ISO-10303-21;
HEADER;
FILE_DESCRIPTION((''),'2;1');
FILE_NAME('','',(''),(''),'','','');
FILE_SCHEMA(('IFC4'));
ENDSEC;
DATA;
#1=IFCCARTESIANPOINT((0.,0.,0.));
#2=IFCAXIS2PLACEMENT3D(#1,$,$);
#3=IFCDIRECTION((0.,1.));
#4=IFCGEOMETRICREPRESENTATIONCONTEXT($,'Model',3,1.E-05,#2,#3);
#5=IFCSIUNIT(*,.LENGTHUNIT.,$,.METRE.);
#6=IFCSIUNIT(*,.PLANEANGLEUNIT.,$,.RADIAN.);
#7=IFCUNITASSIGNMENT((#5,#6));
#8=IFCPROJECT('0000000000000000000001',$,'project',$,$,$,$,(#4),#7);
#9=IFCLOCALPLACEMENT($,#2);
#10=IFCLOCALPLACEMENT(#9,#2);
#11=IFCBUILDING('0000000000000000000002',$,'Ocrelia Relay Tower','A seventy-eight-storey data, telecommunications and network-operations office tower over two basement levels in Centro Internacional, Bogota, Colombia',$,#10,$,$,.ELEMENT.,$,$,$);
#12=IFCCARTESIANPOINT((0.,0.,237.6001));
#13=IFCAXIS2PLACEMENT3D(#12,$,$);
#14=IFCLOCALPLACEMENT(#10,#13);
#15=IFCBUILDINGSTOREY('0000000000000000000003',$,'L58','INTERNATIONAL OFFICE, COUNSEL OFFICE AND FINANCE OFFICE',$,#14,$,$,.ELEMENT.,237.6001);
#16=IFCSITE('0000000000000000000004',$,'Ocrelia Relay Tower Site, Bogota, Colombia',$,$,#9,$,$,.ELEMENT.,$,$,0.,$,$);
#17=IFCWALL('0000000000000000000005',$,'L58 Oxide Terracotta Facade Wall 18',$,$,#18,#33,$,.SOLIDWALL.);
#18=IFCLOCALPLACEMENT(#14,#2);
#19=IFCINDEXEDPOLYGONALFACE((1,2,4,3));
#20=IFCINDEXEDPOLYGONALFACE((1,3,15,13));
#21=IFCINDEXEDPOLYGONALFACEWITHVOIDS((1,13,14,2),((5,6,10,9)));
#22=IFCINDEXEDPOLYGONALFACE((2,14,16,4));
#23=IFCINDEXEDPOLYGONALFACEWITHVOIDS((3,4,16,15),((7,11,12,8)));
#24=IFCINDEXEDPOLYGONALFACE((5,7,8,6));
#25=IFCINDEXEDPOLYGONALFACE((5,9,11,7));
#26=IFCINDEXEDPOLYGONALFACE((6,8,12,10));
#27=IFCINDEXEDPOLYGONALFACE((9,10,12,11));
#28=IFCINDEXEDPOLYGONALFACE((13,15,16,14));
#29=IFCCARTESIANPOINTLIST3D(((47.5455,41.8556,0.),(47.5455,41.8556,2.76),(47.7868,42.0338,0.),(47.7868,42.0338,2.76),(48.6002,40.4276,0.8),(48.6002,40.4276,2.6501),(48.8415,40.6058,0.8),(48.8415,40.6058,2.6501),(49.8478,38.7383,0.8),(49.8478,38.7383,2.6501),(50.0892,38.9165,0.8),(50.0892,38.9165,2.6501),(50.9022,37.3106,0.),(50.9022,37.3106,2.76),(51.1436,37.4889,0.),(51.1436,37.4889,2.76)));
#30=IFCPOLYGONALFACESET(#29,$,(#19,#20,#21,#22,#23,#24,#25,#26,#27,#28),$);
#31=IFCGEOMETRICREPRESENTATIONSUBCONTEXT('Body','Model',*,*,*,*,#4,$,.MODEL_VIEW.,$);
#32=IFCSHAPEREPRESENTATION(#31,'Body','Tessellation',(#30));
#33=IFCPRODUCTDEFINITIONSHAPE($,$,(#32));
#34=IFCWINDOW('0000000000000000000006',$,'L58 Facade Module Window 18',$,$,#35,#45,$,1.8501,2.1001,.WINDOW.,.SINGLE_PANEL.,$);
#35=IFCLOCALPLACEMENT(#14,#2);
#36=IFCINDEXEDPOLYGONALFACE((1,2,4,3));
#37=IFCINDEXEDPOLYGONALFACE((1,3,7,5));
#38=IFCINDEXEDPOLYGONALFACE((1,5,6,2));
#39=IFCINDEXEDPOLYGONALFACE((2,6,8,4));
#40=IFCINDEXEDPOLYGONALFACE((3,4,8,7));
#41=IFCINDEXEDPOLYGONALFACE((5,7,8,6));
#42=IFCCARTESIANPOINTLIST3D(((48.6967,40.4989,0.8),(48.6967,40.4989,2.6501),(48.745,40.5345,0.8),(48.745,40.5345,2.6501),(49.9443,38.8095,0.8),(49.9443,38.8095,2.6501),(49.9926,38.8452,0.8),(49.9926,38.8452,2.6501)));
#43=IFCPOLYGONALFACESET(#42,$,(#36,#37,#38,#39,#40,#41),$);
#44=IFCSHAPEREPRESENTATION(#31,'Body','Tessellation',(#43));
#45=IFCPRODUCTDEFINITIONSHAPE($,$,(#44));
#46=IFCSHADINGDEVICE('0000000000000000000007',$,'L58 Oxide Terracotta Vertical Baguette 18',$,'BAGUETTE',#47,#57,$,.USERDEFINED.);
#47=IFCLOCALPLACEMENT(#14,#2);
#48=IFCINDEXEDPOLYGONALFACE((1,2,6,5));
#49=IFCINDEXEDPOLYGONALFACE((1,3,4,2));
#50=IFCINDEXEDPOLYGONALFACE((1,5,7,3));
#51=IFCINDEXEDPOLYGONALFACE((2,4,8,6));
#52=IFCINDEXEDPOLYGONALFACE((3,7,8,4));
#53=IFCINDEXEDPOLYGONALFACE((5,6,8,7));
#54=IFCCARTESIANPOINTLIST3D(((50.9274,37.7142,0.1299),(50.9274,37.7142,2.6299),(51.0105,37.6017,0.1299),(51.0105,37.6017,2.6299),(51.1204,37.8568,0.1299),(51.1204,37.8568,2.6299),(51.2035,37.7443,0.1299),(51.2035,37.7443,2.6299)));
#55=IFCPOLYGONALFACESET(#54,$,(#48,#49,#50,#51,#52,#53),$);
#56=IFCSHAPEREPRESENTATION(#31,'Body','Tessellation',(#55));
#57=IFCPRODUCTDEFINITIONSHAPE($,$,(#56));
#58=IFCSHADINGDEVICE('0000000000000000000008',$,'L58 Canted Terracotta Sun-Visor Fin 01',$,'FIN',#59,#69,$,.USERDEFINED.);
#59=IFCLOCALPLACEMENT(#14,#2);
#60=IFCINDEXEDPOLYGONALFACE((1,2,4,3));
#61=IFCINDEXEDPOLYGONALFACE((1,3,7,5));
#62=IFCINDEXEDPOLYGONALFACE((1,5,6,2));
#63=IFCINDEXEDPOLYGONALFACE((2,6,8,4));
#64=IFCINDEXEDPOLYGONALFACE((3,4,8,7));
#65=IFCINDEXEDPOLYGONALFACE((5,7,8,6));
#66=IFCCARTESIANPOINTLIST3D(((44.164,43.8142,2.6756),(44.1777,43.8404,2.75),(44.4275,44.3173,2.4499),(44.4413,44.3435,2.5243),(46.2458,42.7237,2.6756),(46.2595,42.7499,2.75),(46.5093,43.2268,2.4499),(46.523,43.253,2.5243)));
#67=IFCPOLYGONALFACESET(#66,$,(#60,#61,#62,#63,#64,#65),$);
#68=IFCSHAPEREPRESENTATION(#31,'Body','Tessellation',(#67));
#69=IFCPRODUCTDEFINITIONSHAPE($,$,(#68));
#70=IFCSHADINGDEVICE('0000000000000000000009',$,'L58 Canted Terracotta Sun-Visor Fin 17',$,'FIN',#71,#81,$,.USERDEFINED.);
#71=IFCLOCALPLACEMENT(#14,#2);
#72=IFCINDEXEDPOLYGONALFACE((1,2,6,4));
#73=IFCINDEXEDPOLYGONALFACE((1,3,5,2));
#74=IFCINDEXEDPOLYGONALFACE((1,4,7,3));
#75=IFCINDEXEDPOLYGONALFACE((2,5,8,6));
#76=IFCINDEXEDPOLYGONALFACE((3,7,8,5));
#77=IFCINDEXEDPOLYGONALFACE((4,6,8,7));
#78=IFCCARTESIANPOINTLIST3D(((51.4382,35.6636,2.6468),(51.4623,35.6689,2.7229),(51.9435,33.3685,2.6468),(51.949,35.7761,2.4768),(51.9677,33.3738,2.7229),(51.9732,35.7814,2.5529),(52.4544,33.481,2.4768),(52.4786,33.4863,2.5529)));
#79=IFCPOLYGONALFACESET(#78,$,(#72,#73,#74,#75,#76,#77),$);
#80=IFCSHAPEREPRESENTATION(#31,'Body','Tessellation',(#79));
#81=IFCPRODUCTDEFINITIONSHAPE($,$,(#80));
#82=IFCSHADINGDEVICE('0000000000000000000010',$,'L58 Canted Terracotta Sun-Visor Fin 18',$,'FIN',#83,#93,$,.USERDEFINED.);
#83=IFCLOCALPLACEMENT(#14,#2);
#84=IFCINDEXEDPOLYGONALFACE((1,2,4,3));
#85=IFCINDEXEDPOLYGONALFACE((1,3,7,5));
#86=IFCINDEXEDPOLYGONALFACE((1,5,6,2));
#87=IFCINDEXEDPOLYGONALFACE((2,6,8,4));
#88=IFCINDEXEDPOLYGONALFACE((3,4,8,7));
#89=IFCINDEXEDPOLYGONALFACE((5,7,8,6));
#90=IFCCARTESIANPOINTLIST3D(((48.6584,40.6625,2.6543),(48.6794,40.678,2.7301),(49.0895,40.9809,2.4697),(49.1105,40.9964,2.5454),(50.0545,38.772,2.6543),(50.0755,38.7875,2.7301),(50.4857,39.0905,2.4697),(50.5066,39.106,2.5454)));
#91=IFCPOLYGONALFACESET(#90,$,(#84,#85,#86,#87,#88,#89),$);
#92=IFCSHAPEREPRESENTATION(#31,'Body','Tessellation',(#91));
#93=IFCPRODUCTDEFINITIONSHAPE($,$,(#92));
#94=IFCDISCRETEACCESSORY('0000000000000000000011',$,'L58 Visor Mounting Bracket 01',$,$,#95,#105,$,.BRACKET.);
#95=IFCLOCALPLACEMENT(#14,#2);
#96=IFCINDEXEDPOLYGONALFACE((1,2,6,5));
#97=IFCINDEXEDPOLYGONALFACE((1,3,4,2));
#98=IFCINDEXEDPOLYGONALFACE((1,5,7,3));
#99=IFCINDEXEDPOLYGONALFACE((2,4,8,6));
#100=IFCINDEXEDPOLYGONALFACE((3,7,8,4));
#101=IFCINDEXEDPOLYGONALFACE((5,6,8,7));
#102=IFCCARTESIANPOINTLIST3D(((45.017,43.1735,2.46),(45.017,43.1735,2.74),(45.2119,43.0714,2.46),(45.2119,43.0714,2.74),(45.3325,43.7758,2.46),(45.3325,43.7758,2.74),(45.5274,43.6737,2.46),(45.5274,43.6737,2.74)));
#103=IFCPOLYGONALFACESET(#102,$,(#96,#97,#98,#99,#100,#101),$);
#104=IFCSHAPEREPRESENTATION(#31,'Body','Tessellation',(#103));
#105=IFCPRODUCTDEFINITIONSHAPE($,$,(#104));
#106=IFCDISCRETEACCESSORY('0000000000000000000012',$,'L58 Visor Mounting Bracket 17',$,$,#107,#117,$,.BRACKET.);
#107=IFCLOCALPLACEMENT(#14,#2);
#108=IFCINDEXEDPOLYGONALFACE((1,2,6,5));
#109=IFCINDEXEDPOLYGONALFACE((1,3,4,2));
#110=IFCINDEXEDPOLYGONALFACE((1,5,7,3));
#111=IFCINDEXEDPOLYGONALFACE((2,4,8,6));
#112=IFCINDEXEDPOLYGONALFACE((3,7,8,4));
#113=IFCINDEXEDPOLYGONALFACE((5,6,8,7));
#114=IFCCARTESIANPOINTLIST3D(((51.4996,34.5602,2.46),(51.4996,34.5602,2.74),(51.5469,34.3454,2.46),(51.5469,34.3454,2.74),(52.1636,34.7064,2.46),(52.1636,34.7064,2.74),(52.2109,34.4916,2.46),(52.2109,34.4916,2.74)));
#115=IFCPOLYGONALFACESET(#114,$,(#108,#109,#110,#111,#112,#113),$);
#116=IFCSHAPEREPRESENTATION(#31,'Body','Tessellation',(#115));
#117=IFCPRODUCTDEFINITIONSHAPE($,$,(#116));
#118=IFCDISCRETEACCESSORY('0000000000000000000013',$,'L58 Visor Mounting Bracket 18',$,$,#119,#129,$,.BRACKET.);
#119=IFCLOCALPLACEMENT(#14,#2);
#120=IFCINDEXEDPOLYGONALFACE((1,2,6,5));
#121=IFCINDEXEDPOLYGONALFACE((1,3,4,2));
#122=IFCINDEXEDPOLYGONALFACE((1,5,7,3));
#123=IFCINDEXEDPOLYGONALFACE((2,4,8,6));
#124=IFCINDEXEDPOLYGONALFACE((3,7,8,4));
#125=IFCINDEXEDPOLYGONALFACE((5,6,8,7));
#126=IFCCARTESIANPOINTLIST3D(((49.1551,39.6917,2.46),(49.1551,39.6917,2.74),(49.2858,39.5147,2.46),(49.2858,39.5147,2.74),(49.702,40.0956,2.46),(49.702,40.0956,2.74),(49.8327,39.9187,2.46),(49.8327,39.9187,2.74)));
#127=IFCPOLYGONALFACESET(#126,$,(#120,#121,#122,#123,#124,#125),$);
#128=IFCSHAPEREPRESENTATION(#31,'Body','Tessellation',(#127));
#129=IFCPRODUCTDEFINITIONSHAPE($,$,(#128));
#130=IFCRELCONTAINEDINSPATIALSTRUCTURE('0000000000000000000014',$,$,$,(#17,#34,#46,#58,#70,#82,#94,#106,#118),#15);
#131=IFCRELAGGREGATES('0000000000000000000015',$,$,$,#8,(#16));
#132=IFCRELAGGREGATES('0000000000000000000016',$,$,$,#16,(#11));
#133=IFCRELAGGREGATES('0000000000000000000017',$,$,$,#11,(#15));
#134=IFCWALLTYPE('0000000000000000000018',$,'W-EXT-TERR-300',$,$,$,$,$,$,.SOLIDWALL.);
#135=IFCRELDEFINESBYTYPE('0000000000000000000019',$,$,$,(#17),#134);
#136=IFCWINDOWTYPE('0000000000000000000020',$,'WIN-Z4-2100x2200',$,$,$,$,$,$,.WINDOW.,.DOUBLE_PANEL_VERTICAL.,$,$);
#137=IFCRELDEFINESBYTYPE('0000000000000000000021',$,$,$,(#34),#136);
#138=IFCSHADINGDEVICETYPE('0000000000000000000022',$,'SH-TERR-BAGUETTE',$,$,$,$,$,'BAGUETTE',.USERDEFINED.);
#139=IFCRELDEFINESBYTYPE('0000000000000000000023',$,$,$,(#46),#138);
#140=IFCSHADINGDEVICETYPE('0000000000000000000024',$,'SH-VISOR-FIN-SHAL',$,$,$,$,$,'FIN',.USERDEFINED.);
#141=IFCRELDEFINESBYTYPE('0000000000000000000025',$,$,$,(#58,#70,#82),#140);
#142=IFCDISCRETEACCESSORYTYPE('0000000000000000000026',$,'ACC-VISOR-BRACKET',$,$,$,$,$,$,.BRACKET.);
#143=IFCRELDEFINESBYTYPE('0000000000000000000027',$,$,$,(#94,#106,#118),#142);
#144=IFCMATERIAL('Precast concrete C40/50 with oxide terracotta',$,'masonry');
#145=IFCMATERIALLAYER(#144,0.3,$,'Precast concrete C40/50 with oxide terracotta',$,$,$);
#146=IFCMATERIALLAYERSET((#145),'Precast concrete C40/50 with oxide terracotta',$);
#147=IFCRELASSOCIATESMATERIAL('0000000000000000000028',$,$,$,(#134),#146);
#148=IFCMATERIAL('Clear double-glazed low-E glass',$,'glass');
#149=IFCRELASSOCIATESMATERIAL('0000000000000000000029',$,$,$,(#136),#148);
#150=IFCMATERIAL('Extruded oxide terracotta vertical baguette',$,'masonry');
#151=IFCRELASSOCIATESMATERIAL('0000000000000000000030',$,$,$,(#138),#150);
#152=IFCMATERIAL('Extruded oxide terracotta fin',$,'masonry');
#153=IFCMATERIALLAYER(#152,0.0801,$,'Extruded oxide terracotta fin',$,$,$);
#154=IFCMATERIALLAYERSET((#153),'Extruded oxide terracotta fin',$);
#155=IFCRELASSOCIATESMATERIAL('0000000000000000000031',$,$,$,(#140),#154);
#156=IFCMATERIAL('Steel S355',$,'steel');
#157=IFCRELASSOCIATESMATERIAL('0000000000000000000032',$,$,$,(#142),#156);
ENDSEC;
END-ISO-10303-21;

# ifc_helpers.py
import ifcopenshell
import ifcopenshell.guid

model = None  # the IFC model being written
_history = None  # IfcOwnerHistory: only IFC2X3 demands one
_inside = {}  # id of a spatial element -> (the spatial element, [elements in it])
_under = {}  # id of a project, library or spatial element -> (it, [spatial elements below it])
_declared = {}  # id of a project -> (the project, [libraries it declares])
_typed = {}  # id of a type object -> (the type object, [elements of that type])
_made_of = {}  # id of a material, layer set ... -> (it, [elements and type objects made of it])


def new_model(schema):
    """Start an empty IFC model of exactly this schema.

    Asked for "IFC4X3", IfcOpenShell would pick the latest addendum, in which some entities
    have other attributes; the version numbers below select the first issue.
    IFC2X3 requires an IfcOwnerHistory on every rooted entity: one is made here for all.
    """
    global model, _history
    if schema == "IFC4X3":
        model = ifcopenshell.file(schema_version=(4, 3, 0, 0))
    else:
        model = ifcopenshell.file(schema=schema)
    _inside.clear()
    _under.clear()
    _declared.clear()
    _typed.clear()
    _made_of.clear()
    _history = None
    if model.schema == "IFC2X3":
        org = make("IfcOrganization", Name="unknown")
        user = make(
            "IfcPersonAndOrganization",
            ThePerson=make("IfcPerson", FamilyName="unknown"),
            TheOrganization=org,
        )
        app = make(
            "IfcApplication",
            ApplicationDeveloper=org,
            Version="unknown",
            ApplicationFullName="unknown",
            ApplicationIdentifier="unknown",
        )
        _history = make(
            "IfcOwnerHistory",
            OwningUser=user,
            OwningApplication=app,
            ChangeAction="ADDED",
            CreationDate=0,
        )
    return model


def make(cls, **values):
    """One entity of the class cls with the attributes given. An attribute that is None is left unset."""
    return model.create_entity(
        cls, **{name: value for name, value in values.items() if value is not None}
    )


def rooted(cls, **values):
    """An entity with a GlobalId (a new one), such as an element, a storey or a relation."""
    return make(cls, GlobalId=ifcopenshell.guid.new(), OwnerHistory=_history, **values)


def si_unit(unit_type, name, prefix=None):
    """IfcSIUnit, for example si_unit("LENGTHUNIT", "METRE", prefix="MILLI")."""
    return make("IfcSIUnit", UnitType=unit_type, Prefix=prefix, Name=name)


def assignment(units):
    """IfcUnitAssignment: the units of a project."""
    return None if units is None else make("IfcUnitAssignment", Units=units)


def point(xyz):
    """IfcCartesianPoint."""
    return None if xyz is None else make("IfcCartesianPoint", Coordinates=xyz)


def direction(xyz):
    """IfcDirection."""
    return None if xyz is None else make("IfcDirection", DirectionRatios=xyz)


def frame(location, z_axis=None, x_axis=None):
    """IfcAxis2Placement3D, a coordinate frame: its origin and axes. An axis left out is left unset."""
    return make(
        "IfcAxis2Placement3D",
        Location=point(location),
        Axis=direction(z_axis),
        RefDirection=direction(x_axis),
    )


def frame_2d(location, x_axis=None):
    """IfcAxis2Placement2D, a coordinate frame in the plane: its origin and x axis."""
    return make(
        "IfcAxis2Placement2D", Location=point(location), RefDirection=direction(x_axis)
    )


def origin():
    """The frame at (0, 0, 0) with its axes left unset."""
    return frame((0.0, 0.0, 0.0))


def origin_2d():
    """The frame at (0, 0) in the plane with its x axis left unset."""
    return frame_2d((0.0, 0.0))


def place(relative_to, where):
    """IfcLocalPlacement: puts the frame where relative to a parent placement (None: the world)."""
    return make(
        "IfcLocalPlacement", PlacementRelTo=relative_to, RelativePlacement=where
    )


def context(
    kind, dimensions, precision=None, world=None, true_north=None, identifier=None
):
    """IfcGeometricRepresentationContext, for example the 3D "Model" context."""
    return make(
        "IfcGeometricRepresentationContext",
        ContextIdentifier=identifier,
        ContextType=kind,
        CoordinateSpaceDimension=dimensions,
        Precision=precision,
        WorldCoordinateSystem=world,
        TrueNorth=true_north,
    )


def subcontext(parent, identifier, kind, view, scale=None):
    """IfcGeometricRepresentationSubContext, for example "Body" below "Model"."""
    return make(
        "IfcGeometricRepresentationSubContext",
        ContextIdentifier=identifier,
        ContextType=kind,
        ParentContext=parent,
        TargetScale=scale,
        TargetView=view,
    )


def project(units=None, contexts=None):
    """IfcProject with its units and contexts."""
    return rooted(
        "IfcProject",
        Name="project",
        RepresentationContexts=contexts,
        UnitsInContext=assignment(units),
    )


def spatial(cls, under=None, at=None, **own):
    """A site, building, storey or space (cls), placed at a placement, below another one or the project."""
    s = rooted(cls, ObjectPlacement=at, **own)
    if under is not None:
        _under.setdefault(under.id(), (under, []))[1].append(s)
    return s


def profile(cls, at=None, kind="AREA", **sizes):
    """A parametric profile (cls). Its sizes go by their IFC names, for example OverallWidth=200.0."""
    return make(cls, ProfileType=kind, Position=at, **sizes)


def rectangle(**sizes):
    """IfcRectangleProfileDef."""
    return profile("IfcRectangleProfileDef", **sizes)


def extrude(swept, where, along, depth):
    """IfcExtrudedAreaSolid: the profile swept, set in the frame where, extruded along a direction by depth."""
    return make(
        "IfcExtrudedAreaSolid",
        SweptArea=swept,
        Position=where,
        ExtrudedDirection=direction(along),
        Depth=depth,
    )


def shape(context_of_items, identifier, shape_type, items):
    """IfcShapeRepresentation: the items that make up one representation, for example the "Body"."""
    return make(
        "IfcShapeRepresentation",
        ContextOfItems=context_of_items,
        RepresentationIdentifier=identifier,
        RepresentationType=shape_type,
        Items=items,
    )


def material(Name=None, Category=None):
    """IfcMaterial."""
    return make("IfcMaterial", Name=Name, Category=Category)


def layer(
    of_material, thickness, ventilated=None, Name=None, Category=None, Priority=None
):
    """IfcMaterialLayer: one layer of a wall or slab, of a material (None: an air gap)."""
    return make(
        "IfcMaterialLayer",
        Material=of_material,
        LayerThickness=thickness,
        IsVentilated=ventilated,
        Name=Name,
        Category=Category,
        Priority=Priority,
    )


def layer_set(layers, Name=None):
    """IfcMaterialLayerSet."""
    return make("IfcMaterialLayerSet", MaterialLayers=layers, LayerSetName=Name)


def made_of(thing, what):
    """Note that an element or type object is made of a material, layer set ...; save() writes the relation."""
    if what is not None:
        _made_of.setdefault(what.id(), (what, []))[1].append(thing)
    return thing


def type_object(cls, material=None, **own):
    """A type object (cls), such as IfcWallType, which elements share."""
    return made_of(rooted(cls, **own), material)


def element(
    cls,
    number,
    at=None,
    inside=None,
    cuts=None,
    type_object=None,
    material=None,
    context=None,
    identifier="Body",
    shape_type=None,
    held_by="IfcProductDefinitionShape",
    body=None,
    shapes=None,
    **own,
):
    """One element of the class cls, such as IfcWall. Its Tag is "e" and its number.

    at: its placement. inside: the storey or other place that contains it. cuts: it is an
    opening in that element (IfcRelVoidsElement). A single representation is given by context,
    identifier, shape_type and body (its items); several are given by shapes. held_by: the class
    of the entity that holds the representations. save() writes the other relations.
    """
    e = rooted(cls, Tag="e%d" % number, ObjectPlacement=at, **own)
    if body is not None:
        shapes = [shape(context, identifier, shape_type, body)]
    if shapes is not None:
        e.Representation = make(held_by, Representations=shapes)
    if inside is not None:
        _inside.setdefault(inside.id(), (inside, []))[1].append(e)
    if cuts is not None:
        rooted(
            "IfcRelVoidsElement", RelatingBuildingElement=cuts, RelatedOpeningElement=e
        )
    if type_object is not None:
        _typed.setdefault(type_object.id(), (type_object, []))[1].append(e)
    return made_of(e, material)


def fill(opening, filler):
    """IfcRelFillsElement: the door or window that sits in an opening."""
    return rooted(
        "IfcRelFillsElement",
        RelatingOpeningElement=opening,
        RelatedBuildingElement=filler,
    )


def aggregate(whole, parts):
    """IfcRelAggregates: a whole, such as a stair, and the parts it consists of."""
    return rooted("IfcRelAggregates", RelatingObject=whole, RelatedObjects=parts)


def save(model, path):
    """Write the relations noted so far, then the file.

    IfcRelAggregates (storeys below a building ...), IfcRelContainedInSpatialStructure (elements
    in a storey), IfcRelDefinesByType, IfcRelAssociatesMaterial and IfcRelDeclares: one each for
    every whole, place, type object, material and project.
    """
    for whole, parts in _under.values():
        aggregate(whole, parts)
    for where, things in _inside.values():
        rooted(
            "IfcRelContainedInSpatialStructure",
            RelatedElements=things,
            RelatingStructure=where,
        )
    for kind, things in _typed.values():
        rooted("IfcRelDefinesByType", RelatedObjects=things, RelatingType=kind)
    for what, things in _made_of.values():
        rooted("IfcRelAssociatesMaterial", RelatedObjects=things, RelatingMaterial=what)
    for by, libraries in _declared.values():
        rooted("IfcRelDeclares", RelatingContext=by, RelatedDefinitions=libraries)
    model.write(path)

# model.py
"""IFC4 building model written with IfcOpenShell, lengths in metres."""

from ifc_helpers import new_model, si_unit, direction, frame, frame_2d, origin, origin_2d, place, context, subcontext, project, spatial, rectangle, extrude, material, layer, layer_set, type_object, element, fill, save


model = new_model("IFC4")

# Units and contexts
model_context = context("Model", 3, precision=1e-05, world=origin(), true_north=direction((0.0, 1.0)))
body_context = subcontext(model_context, "Body", "Model", "MODEL_VIEW")
ifc_project = project(units=[si_unit("LENGTHUNIT", "METRE"), si_unit("PLANEANGLEUNIT", "RADIAN")], contexts=[model_context])

# Site, building, storey
site_placement = place(None, origin())
site = spatial("IfcSite", under=ifc_project, at=site_placement, Name="Ocrelia Relay Tower Site, Bogota, Colombia", CompositionType="ELEMENT", RefElevation=0.0)
building_placement = place(site_placement, origin())
building = spatial("IfcBuilding", under=site, at=building_placement, Name="Ocrelia Relay Tower", Description="A seventy-eight-storey data, telecommunications and network-operations office tower over two basement levels in Centro Internacional, Bogota, Colombia", CompositionType="ELEMENT")
storey_placement = place(building_placement, frame((0.0, 0.0, 237.6001)))
storey = spatial("IfcBuildingStorey", under=building, at=storey_placement, Name="L58", Description="INTERNATIONAL OFFICE, COUNSEL OFFICE AND FINANCE OFFICE", CompositionType="ELEMENT", Elevation=237.6001)

# Shared definitions
ifc_material_1 = material(Name="Clear double-glazed low-E glass", Category="glass")

# Wall, opening, window
ifc_material_2 = material(Name="Precast concrete C40/50 with oxide terracotta", Category="masonry")
ifc_layer_1 = layer(ifc_material_2, 0.3, Name="Precast concrete C40/50 with oxide terracotta")
ifc_layer_set_1 = layer_set([ifc_layer_1], Name="Precast concrete C40/50 with oxide terracotta")
wall_type = type_object("IfcWallType", Name="W-EXT-TERR-300", PredefinedType="SOLIDWALL", material=ifc_layer_set_1)
wall_placement = place(storey_placement, frame((51.0229, 37.3997, 0.0), z_axis=(0.0, 0.0, 1.0), x_axis=(-0.594093, 0.804396, 0.0)))
wall = element("IfcWall", 1, at=wall_placement, inside=storey, type_object=wall_type, Name="L58 Oxide Terracotta Facade Wall 18", PredefinedType="SOLIDWALL", context=body_context, shape_type="SweptSolid", body=[
    extrude(rectangle(XDim=5.6501, YDim=0.3, at=frame_2d((2.8252, 0.0))), origin(), (0.0, 0.0, 1.0), 2.76),
])
opening_placement = place(wall_placement, frame((1.7749, 0.0, 0.8)))
opening = element("IfcOpeningElement", 2, at=opening_placement, cuts=wall, PredefinedType="OPENING", context=body_context, shape_type="SweptSolid", body=[
    extrude(rectangle(XDim=2.1001, YDim=1.8501, at=frame_2d((1.05, 0.925))), frame((0.0, 0.1602, 0.0), z_axis=(0.0, -1.0, 0.0), x_axis=(1.0, 0.0, 0.0)), (0.0, 0.0, 1.0), 0.3201),
])
window_type = type_object("IfcWindowType", Name="WIN-Z4-2100x2200", PartitioningType="DOUBLE_PANEL_VERTICAL", PredefinedType="WINDOW", material=ifc_material_1)
window_placement = place(opening_placement, origin())
window = element("IfcWindow", 3, at=window_placement, inside=storey, type_object=window_type, Name="L58 Facade Module Window 18", OverallHeight=1.8501, OverallWidth=2.1001, PartitioningType="SINGLE_PANEL", PredefinedType="WINDOW", context=body_context, shape_type="SweptSolid", body=[
    extrude(rectangle(XDim=2.1001, YDim=1.8501, at=frame_2d((1.05, 0.925))), frame((0.0, 0.03, 0.0), z_axis=(0.0, -1.0, 0.0), x_axis=(1.0, 0.0, 0.0)), (0.0, 0.0, 1.0), 0.0601),
])
fill(opening, window)

# Shading devices
ifc_material_3 = material(Name="Extruded oxide terracotta vertical baguette", Category="masonry")
shading_device_type_1 = type_object("IfcShadingDeviceType", Name="SH-TERR-BAGUETTE", ElementType="BAGUETTE", PredefinedType="USERDEFINED", material=ifc_material_3)
shading_device_1_placement = place(storey_placement, frame((51.0654, 37.7292, 0.1299), z_axis=(0.0, 0.0, 1.0), x_axis=(-0.59408, 0.804406, 0.0)))
element("IfcShadingDevice", 4, at=shading_device_1_placement, inside=storey, type_object=shading_device_type_1, Name="L58 Oxide Terracotta Vertical Baguette 18", ObjectType="BAGUETTE", PredefinedType="USERDEFINED", context=body_context, shape_type="SweptSolid", body=[
    extrude(rectangle(XDim=0.1399, YDim=0.24, at=origin_2d()), origin(), (0.0, 0.0, 1.0), 2.5),
])
ifc_material_4 = material(Name="Extruded oxide terracotta fin", Category="masonry")
ifc_layer_2 = layer(ifc_material_4, 0.0801, Name="Extruded oxide terracotta fin")
ifc_layer_set_2 = layer_set([ifc_layer_2], Name="Extruded oxide terracotta fin")
shading_device_type_2 = type_object("IfcShadingDeviceType", Name="SH-VISOR-FIN-SHAL", ElementType="FIN", PredefinedType="USERDEFINED", material=ifc_layer_set_2)
shading_device_2_placement = place(storey_placement, frame((45.3367, 43.5205, 2.5627), z_axis=(0.171346, 0.327099, 0.929326), x_axis=(-0.885822, 0.464025, 0.0)))
element("IfcShadingDevice", 5, at=shading_device_2_placement, inside=storey, type_object=shading_device_type_2, Name="L58 Canted Terracotta Sun-Visor Fin 01", ObjectType="FIN", PredefinedType="USERDEFINED", context=body_context, shape_type="SweptSolid", body=[
    extrude(rectangle(XDim=2.3501, YDim=0.6111, at=origin_2d()), origin(), (0.0, 0.0, 1.0), 0.0801),
])
shading_device_3_placement = place(storey_placement, frame((51.9463, 34.5723, 2.5618), z_axis=(0.301787, 0.066454, 0.951057), x_axis=(-0.215051, 0.976603, 0.0)))
element("IfcShadingDevice", 6, at=shading_device_3_placement, inside=storey, type_object=shading_device_type_2, Name="L58 Canted Terracotta Sun-Visor Fin 17", ObjectType="FIN", PredefinedType="USERDEFINED", context=body_context, shape_type="SweptSolid", body=[
    extrude(rectangle(XDim=2.3501, YDim=0.55, at=origin_2d()), origin(), (0.0, 0.0, 1.0), 0.0801),
])
shading_device_4_placement = place(storey_placement, frame((49.572, 39.8765, 2.562), z_axis=(0.262022, 0.193511, 0.945462), x_axis=(-0.59408, 0.804406, 0.0)))
element("IfcShadingDevice", 7, at=shading_device_4_placement, inside=storey, type_object=shading_device_type_2, Name="L58 Canted Terracotta Sun-Visor Fin 18", ObjectType="FIN", PredefinedType="USERDEFINED", context=body_context, shape_type="SweptSolid", body=[
    extrude(rectangle(XDim=2.3501, YDim=0.5669, at=origin_2d()), origin(), (0.0, 0.0, 1.0), 0.0801),
])

# Discrete accessories
ifc_material_5 = material(Name="Steel S355", Category="steel")
discrete_accessory_type = type_object("IfcDiscreteAccessoryType", Name="ACC-VISOR-BRACKET", PredefinedType="BRACKET", material=ifc_material_5)
for number, where, z_axis, x_axis, name in (
    (8, (45.2722, 43.4236, 2.46), (0.0, 0.0, 1.0), (-0.885822, 0.464025, 0.0), "L58 Visor Mounting Bracket 01"),
    (9, (51.8552, 34.5259, 2.46), (0.0, 0.0, 1.0), (-0.215051, 0.976603, 0.0), "L58 Visor Mounting Bracket 17"),
    (10, (49.4939, 39.8052, 2.46), (0.0, 0.0, 1.0), (-0.59408, 0.804406, 0.0), "L58 Visor Mounting Bracket 18"),
):
    element("IfcDiscreteAccessory", number, at=place(storey_placement, frame(where, z_axis=z_axis, x_axis=x_axis)), inside=storey, type_object=discrete_accessory_type, Name=name, PredefinedType="BRACKET", context=body_context, shape_type="SweptSolid", body=[
        extrude(rectangle(XDim=0.22, YDim=0.6799, at=origin_2d()), origin(), (0.0, 0.0, 1.0), 0.28),
    ])

save(model, "model.ifc")
